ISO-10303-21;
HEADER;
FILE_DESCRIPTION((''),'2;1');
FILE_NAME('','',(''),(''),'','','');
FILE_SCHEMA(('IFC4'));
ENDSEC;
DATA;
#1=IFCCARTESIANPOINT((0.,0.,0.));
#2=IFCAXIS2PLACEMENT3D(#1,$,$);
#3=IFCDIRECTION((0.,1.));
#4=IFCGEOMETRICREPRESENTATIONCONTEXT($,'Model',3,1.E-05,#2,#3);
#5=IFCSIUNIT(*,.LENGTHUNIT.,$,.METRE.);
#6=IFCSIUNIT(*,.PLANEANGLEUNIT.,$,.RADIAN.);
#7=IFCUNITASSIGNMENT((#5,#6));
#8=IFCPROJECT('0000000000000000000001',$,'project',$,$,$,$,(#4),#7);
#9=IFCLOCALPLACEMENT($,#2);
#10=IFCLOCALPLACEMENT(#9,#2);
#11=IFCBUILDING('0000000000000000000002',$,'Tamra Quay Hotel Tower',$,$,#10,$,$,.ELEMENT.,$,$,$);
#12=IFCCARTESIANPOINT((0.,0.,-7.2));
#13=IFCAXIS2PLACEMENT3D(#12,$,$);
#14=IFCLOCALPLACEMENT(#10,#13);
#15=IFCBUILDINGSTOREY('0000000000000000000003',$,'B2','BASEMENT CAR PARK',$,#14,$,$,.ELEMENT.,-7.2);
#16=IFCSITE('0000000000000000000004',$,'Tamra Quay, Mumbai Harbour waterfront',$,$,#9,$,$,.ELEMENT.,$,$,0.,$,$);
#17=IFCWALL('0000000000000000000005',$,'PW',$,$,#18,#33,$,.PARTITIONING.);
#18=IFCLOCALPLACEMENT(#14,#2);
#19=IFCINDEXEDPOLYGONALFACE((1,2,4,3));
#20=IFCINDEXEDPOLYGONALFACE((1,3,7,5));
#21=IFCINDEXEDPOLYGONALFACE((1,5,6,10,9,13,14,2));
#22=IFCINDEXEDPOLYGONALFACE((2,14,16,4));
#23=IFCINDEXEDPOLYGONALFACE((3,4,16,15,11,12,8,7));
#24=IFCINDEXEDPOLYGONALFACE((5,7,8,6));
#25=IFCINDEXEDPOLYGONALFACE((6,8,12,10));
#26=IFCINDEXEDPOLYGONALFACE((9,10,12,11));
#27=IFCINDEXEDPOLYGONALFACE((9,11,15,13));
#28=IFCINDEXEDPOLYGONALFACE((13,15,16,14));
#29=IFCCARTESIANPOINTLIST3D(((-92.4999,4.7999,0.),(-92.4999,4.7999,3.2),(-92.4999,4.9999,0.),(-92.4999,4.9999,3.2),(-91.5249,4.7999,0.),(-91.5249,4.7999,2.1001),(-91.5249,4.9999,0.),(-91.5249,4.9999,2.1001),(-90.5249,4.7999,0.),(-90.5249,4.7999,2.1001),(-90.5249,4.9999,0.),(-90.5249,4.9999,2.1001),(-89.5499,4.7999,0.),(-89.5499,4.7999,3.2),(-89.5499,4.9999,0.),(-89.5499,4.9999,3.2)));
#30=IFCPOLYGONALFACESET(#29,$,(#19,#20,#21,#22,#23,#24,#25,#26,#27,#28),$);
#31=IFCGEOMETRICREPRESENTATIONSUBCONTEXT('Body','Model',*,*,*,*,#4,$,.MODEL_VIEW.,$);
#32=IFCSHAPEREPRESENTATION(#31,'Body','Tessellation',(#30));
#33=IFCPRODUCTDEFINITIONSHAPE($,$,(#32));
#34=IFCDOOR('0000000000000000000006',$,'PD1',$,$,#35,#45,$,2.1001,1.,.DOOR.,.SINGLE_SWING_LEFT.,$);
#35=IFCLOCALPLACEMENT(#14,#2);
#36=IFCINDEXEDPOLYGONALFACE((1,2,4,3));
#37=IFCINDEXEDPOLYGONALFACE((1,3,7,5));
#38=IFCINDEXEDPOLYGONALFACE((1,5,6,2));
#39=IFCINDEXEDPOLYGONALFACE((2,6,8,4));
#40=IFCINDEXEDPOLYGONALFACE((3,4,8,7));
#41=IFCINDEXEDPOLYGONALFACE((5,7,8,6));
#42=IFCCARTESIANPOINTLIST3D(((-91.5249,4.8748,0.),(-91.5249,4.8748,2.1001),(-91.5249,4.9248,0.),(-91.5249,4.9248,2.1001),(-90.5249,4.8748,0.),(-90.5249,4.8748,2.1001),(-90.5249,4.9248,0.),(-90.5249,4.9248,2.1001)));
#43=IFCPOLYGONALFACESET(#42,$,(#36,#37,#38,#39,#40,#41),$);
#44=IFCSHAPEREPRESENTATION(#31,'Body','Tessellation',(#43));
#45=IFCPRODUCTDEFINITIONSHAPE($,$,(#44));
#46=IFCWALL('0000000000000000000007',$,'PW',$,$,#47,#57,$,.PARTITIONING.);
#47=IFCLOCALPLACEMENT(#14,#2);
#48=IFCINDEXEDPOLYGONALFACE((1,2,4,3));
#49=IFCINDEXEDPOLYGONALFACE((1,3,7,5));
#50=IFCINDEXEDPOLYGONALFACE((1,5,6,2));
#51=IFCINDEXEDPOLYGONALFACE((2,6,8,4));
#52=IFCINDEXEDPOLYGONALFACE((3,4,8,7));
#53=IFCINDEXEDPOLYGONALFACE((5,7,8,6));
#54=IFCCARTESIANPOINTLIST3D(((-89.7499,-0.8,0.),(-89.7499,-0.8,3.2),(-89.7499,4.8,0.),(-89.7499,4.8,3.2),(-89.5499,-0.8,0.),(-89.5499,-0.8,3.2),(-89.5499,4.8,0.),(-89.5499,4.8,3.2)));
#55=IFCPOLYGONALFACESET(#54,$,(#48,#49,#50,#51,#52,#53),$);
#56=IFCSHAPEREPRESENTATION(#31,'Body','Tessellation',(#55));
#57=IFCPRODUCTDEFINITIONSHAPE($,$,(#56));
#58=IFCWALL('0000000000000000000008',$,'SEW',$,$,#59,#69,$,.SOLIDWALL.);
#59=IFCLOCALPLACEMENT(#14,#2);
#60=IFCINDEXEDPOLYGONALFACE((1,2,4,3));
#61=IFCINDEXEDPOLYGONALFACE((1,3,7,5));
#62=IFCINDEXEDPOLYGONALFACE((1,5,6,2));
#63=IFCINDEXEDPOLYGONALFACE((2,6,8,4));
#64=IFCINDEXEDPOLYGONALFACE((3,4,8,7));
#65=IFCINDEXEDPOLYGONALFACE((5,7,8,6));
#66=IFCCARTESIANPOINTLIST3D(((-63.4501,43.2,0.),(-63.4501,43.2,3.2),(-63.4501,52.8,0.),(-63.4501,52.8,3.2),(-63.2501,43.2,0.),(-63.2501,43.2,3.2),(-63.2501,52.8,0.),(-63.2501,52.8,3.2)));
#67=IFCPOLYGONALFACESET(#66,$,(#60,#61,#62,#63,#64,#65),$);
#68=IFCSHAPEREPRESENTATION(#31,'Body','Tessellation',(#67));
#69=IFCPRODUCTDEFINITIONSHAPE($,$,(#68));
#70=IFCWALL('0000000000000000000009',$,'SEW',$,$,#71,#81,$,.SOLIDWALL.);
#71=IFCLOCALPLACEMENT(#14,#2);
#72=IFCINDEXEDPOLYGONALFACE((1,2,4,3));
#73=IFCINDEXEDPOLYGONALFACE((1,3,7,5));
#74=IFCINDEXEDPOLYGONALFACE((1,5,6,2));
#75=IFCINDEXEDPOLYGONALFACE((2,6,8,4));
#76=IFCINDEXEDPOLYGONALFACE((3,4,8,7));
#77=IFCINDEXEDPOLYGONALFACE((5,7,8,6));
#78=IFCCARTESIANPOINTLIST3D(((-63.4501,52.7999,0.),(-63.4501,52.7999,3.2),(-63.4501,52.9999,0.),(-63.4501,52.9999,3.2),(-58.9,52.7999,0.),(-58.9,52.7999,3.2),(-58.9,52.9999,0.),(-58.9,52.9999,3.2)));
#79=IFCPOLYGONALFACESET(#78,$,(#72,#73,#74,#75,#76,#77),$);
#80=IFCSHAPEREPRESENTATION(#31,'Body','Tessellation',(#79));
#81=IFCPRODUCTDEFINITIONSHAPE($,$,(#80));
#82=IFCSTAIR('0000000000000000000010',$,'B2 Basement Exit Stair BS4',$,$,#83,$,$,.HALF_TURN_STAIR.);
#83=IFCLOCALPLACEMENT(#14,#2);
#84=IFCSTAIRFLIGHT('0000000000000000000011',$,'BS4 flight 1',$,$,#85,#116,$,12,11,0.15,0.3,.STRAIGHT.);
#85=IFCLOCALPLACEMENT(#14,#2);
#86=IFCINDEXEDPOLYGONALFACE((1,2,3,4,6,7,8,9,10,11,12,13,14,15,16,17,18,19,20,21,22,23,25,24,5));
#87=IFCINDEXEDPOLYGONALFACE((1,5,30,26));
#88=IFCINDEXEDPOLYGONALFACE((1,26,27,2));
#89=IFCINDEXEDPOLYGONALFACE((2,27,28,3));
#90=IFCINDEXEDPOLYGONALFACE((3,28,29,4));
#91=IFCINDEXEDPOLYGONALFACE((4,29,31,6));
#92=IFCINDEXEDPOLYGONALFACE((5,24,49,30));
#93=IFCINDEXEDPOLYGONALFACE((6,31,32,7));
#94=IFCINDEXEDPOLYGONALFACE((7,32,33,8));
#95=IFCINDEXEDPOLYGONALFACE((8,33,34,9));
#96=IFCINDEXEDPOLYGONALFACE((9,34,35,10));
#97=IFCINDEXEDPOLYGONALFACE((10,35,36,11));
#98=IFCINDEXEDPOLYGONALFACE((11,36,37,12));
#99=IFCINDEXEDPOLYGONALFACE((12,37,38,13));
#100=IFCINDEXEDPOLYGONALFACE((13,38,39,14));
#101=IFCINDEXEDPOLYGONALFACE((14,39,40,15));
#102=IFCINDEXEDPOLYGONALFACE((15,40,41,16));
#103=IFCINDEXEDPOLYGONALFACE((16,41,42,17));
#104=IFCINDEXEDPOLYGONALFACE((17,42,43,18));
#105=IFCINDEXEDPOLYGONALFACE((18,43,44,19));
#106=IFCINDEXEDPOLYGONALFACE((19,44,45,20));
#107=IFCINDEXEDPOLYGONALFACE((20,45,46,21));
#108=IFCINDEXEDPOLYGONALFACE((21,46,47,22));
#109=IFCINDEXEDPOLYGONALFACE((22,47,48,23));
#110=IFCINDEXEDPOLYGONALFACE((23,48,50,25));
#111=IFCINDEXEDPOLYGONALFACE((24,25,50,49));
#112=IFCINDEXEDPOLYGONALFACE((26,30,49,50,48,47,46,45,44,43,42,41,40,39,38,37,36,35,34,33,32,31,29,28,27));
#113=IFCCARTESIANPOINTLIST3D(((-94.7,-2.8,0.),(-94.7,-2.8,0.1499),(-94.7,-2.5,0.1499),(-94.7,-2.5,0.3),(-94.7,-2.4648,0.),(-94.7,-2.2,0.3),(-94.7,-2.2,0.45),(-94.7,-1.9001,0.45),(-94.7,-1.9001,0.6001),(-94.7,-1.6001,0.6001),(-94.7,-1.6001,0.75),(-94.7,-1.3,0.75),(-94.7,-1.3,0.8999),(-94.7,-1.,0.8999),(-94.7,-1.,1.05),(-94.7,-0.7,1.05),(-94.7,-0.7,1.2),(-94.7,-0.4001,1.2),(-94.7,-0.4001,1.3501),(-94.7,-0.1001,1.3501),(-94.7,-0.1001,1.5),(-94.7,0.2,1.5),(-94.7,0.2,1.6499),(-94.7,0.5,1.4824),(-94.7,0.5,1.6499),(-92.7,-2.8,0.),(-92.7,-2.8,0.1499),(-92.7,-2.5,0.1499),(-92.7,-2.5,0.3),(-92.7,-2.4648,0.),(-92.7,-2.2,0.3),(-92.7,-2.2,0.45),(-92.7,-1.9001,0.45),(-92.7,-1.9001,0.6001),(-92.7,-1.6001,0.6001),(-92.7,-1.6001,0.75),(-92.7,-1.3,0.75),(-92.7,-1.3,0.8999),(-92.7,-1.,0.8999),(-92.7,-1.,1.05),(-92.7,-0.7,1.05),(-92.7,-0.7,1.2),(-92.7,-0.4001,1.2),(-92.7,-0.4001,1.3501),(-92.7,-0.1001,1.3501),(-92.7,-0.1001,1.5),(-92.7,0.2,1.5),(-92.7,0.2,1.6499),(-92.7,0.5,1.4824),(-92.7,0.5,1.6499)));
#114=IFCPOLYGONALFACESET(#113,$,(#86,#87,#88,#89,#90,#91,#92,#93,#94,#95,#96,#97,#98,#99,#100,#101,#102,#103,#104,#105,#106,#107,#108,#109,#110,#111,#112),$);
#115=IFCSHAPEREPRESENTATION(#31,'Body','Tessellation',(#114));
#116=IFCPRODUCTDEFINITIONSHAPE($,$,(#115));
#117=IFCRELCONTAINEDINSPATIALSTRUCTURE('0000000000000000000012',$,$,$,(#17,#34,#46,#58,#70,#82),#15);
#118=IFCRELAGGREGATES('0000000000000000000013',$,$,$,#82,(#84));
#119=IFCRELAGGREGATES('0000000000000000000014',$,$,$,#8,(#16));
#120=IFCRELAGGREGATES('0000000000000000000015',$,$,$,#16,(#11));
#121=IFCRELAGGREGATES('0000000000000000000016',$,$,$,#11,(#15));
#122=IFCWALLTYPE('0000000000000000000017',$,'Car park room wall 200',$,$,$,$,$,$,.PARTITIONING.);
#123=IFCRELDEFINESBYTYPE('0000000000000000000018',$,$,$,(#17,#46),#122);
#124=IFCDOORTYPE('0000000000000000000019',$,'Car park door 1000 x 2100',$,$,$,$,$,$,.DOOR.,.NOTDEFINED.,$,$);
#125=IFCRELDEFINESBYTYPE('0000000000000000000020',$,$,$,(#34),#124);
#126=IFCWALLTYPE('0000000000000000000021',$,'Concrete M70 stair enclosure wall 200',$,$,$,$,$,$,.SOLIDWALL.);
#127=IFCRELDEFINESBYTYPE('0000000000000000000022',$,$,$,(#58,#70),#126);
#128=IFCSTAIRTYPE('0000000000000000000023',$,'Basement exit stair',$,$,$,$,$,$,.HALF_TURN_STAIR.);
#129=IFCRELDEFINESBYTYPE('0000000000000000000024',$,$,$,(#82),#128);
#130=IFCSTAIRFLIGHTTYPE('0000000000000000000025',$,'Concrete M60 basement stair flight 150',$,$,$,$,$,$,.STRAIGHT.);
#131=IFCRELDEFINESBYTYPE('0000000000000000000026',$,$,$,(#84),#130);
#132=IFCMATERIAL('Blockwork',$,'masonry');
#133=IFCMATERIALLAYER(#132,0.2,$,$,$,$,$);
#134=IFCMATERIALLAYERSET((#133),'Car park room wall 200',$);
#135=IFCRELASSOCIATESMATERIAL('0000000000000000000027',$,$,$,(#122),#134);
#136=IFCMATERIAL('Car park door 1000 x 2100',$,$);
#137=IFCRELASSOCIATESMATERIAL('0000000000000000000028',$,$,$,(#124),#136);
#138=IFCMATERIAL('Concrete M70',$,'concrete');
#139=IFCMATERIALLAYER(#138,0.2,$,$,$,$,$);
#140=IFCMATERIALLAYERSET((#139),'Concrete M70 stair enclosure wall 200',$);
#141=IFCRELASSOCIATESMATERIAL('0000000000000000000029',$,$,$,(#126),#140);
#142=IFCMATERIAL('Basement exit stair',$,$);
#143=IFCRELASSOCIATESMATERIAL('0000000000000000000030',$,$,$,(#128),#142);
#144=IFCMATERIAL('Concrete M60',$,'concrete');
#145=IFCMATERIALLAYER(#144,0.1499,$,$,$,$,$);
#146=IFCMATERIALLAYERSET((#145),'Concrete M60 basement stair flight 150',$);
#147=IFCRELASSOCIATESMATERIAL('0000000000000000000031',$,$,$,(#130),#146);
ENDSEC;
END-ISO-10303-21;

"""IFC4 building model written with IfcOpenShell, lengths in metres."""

from ifc_helpers import new_model, si_unit, direction, frame, frame_2d, origin, place, context, subcontext, project, spatial, polyline, rectangle, outline, extrude, material, layer, layer_set, type_object, element, fill, aggregate, save


model = new_model("IFC4")

# Units and contexts
model_context = context("Model", 3, precision=1e-05, world=origin(), true_north=direction((0.0, 1.0)))
body_context = subcontext(model_context, "Body", "Model", "MODEL_VIEW")
ifc_project = project(units=[si_unit("LENGTHUNIT", "METRE"), si_unit("PLANEANGLEUNIT", "RADIAN")], contexts=[model_context])

# Site, building, storey
site_placement = place(None, origin())
site = spatial("IfcSite", under=ifc_project, at=site_placement, Name="Tamra Quay, Mumbai Harbour waterfront", CompositionType="ELEMENT", RefElevation=0.0)
building_placement = place(site_placement, origin())
building = spatial("IfcBuilding", under=site, at=building_placement, Name="Tamra Quay Hotel Tower", CompositionType="ELEMENT")
storey_placement = place(building_placement, frame((0.0, 0.0, -7.2)))
storey = spatial("IfcBuildingStorey", under=building, at=storey_placement, Name="B2", Description="BASEMENT CAR PARK", CompositionType="ELEMENT", Elevation=-7.2)

# Shared definitions
ifc_material_1 = material(Name="Concrete M70", Category="concrete")

# Shared definitions
ifc_material_2 = material(Name="Blockwork", Category="masonry")
ifc_layer_1 = layer(ifc_material_2, 0.2)
ifc_layer_set_1 = layer_set([ifc_layer_1], Name="Car park room wall 200")
wall_type_1 = type_object("IfcWallType", Name="Car park room wall 200", PredefinedType="PARTITIONING", material=ifc_layer_set_1)

# Wall, opening, door
wall_1_placement = place(storey_placement, frame((-92.5, 4.8999, 0.0), z_axis=(0.0, 0.0, 1.0), x_axis=(1.0, 0.0, 0.0)))
wall_1 = element("IfcWall", 1, at=wall_1_placement, inside=storey, type_object=wall_type_1, Name="PW", PredefinedType="PARTITIONING", context=body_context, shape_type="SweptSolid", body=[
    extrude(rectangle(XDim=2.95, YDim=0.2, at=frame_2d((1.4751, 0.0))), origin(), (0.0, 0.0, 1.0), 3.2),
])
opening_placement = place(wall_1_placement, frame((0.9751, 0.0, 0.0)))
opening = element("IfcOpeningElement", 2, at=opening_placement, cuts=wall_1, PredefinedType="OPENING", context=body_context, shape_type="SweptSolid", body=[
    extrude(rectangle(XDim=1.0, YDim=2.1001, at=frame_2d((0.5, 1.05))), frame((0.0, 0.1099, 0.0), z_axis=(0.0, -1.0, 0.0), x_axis=(1.0, 0.0, 0.0)), (0.0, 0.0, 1.0), 0.22),
])
ifc_material_3 = material(Name="Car park door 1000 x 2100")
door_type = type_object("IfcDoorType", Name="Car park door 1000 x 2100", OperationType="NOTDEFINED", PredefinedType="DOOR", material=ifc_material_3)
door_placement = place(opening_placement, origin())
door = element("IfcDoor", 3, at=door_placement, inside=storey, type_object=door_type, Name="PD1", OperationType="SINGLE_SWING_LEFT", OverallHeight=2.1001, OverallWidth=1.0, PredefinedType="DOOR", context=body_context, shape_type="SweptSolid", body=[
    extrude(rectangle(XDim=1.0, YDim=2.1001, at=frame_2d((0.5, 1.05))), frame((0.0, 0.0249, 0.0), z_axis=(0.0, -1.0, 0.0), x_axis=(1.0, 0.0, 0.0)), (0.0, 0.0, 1.0), 0.05),
])
fill(opening, door)

# Walls
wall_2_placement = place(storey_placement, frame((-89.6499, -0.8, 0.0), z_axis=(0.0, 0.0, 1.0), x_axis=(0.0, 1.0, 0.0)))
element("IfcWall", 4, at=wall_2_placement, inside=storey, type_object=wall_type_1, Name="PW", PredefinedType="PARTITIONING", context=body_context, shape_type="SweptSolid", body=[
    extrude(rectangle(XDim=5.6001, YDim=0.2, at=frame_2d((2.8, 0.0))), origin(), (0.0, 0.0, 1.0), 3.2),
])
ifc_layer_2 = layer(ifc_material_1, 0.2)
ifc_layer_set_2 = layer_set([ifc_layer_2], Name="Concrete M70 stair enclosure wall 200")
wall_type_2 = type_object("IfcWallType", Name="Concrete M70 stair enclosure wall 200", PredefinedType="SOLIDWALL", material=ifc_layer_set_2)
wall_3_placement = place(storey_placement, frame((-63.3501, 43.2, 0.0), z_axis=(0.0, 0.0, 1.0), x_axis=(0.0, 1.0, 0.0)))
element("IfcWall", 5, at=wall_3_placement, inside=storey, type_object=wall_type_2, Name="SEW", PredefinedType="SOLIDWALL", context=body_context, shape_type="SweptSolid", body=[
    extrude(rectangle(XDim=9.6001, YDim=0.2, at=frame_2d((4.8, 0.0))), origin(), (0.0, 0.0, 1.0), 3.2),
])
wall_4_placement = place(storey_placement, frame((-63.45, 52.8999, 0.0), z_axis=(0.0, 0.0, 1.0), x_axis=(1.0, 0.0, 0.0)))
element("IfcWall", 6, at=wall_4_placement, inside=storey, type_object=wall_type_2, Name="SEW", PredefinedType="SOLIDWALL", context=body_context, shape_type="SweptSolid", body=[
    extrude(rectangle(XDim=4.55, YDim=0.2, at=frame_2d((2.2749, 0.0))), origin(), (0.0, 0.0, 1.0), 3.2),
])

# Stair, stair flight
ifc_material_4 = material(Name="Basement exit stair")
stair_type = type_object("IfcStairType", Name="Basement exit stair", PredefinedType="HALF_TURN_STAIR", material=ifc_material_4)
stair_placement = place(storey_placement, origin())
stair = element("IfcStair", 7, at=stair_placement, inside=storey, type_object=stair_type, Name="B2 Basement Exit Stair BS4", PredefinedType="HALF_TURN_STAIR")
ifc_material_5 = material(Name="Concrete M60", Category="concrete")
ifc_layer_3 = layer(ifc_material_5, 0.1499)
ifc_layer_set_3 = layer_set([ifc_layer_3], Name="Concrete M60 basement stair flight 150")
stair_flight_type = type_object("IfcStairFlightType", Name="Concrete M60 basement stair flight 150", PredefinedType="STRAIGHT", material=ifc_layer_set_3)
stair_flight_placement = place(storey_placement, frame((-93.7, -2.8, 0.0), z_axis=(0.0, 0.0, 1.0), x_axis=(0.0, 1.0, 0.0)))
stair_flight = element("IfcStairFlight", 8, at=stair_flight_placement, type_object=stair_flight_type, Name="BS4 flight 1", NumberOfRisers=12, NumberOfTreads=11, PredefinedType="STRAIGHT", RiserHeight=0.15, TreadLength=0.3, context=body_context, shape_type="SweptSolid", body=[
    extrude(outline(polyline([(0.0, 0.0), (0.0, 0.1499), (0.3, 0.1499), (0.3, 0.3), (0.6001, 0.3), (0.6001, 0.45), (0.8999, 0.45), (0.8999, 0.6001), (1.2, 0.6001), (1.2, 0.75), (1.5, 0.75), (1.5, 0.8999), (1.8, 0.8999), (1.8, 1.05), (2.1001, 1.05), (2.1001, 1.2), (2.3999, 1.2), (2.3999, 1.3501), (2.7, 1.3501), (2.7, 1.5), (3.0, 1.5), (3.0, 1.6499), (3.3, 1.6499), (3.3, 1.8), (3.3, 1.4824), (0.3352, 0.0), (0.0, 0.0)])), frame((0.0, 1.0, 0.0), z_axis=(0.0, -1.0, 0.0), x_axis=(1.0, 0.0, 0.0)), (0.0, 0.0, 1.0), 2.0),
])
aggregate(stair, [stair_flight])

save(model, "model.ifc")
